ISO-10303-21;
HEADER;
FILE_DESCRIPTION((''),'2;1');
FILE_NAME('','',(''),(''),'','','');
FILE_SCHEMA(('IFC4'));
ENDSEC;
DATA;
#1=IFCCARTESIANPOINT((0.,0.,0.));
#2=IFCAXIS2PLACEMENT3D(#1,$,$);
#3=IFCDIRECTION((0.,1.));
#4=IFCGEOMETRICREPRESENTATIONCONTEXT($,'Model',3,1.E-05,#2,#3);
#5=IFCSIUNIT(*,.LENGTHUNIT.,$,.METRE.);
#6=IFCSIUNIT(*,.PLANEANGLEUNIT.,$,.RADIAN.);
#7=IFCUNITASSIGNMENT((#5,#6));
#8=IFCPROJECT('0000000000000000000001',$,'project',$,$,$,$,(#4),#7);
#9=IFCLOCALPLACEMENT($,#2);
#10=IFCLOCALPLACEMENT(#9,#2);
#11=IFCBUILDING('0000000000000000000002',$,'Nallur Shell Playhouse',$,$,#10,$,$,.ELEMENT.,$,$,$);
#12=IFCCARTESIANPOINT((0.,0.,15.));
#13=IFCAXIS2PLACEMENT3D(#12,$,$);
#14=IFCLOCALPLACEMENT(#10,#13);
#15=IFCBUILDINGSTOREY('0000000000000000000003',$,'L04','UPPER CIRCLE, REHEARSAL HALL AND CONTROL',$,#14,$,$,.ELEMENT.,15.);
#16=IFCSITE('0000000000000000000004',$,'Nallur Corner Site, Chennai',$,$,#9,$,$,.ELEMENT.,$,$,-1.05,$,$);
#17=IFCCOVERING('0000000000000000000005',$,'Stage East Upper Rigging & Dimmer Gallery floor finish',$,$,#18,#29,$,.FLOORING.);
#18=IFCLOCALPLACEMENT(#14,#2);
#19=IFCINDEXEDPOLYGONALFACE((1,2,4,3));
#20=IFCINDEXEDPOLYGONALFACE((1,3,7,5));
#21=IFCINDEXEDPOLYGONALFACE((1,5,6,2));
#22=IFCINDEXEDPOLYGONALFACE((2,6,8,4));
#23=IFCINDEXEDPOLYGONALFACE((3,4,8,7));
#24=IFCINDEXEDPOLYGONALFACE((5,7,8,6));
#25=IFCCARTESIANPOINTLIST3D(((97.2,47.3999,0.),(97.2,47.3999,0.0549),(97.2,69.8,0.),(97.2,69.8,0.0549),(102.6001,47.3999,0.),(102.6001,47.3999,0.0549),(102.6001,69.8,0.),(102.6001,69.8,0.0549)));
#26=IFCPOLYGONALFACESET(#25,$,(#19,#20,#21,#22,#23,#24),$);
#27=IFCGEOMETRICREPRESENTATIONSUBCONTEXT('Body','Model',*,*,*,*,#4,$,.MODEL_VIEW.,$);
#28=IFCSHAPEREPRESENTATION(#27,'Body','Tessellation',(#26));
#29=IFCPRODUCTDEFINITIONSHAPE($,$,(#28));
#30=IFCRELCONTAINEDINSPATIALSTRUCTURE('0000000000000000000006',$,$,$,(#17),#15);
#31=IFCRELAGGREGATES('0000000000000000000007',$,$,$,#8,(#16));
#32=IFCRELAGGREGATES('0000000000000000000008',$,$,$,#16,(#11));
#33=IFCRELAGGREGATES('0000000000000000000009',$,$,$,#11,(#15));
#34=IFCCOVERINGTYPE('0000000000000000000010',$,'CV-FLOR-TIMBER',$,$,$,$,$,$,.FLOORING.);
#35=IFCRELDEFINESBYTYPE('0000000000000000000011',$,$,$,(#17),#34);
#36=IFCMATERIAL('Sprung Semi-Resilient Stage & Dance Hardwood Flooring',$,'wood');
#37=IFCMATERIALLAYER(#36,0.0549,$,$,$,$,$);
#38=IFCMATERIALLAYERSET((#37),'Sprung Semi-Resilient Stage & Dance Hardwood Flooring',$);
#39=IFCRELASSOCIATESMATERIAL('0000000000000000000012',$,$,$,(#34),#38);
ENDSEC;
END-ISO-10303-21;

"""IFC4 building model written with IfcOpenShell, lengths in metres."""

from ifc_helpers import new_model, si_unit, direction, frame, origin, place, context, subcontext, project, spatial, polyline, outline, extrude, material, layer, layer_set, type_object, element, save


model = new_model("IFC4")

# Units and contexts
model_context = context("Model", 3, precision=1e-05, world=origin(), true_north=direction((0.0, 1.0)))
body_context = subcontext(model_context, "Body", "Model", "MODEL_VIEW")
ifc_project = project(units=[si_unit("LENGTHUNIT", "METRE"), si_unit("PLANEANGLEUNIT", "RADIAN")], contexts=[model_context])

# Site, building, storey
site_placement = place(None, origin())
site = spatial("IfcSite", under=ifc_project, at=site_placement, Name="Nallur Corner Site, Chennai", CompositionType="ELEMENT", RefElevation=-1.05)
building_placement = place(site_placement, origin())
building = spatial("IfcBuilding", under=site, at=building_placement, Name="Nallur Shell Playhouse", CompositionType="ELEMENT")
storey_placement = place(building_placement, frame((0.0, 0.0, 15.0)))
storey = spatial("IfcBuildingStorey", under=building, at=storey_placement, Name="L04", Description="UPPER CIRCLE, REHEARSAL HALL AND CONTROL", CompositionType="ELEMENT", Elevation=15.0)

# Covering
ifc_material_1 = material(Name="Sprung Semi-Resilient Stage & Dance Hardwood Flooring", Category="wood")
ifc_layer_1 = layer(ifc_material_1, 0.0549)
ifc_layer_set_1 = layer_set([ifc_layer_1], Name="Sprung Semi-Resilient Stage & Dance Hardwood Flooring")
covering_type_1 = type_object("IfcCoveringType", Name="CV-FLOR-TIMBER", PredefinedType="FLOORING", material=ifc_layer_set_1)
covering_1_placement = place(storey_placement, origin())
element("IfcCovering", 1, at=covering_1_placement, inside=storey, type_object=covering_type_1, Name="Stage East Upper Rigging & Dimmer Gallery floor finish", PredefinedType="FLOORING", context=body_context, shape_type="SweptSolid", body=[
    extrude(outline(polyline([(97.2, 69.8), (102.6001, 69.8), (102.6001, 47.3999), (97.2, 47.3999), (97.2, 69.8)])), origin(), (0.0, 0.0, 1.0), 0.0549),
])

save(model, "model.ifc")
